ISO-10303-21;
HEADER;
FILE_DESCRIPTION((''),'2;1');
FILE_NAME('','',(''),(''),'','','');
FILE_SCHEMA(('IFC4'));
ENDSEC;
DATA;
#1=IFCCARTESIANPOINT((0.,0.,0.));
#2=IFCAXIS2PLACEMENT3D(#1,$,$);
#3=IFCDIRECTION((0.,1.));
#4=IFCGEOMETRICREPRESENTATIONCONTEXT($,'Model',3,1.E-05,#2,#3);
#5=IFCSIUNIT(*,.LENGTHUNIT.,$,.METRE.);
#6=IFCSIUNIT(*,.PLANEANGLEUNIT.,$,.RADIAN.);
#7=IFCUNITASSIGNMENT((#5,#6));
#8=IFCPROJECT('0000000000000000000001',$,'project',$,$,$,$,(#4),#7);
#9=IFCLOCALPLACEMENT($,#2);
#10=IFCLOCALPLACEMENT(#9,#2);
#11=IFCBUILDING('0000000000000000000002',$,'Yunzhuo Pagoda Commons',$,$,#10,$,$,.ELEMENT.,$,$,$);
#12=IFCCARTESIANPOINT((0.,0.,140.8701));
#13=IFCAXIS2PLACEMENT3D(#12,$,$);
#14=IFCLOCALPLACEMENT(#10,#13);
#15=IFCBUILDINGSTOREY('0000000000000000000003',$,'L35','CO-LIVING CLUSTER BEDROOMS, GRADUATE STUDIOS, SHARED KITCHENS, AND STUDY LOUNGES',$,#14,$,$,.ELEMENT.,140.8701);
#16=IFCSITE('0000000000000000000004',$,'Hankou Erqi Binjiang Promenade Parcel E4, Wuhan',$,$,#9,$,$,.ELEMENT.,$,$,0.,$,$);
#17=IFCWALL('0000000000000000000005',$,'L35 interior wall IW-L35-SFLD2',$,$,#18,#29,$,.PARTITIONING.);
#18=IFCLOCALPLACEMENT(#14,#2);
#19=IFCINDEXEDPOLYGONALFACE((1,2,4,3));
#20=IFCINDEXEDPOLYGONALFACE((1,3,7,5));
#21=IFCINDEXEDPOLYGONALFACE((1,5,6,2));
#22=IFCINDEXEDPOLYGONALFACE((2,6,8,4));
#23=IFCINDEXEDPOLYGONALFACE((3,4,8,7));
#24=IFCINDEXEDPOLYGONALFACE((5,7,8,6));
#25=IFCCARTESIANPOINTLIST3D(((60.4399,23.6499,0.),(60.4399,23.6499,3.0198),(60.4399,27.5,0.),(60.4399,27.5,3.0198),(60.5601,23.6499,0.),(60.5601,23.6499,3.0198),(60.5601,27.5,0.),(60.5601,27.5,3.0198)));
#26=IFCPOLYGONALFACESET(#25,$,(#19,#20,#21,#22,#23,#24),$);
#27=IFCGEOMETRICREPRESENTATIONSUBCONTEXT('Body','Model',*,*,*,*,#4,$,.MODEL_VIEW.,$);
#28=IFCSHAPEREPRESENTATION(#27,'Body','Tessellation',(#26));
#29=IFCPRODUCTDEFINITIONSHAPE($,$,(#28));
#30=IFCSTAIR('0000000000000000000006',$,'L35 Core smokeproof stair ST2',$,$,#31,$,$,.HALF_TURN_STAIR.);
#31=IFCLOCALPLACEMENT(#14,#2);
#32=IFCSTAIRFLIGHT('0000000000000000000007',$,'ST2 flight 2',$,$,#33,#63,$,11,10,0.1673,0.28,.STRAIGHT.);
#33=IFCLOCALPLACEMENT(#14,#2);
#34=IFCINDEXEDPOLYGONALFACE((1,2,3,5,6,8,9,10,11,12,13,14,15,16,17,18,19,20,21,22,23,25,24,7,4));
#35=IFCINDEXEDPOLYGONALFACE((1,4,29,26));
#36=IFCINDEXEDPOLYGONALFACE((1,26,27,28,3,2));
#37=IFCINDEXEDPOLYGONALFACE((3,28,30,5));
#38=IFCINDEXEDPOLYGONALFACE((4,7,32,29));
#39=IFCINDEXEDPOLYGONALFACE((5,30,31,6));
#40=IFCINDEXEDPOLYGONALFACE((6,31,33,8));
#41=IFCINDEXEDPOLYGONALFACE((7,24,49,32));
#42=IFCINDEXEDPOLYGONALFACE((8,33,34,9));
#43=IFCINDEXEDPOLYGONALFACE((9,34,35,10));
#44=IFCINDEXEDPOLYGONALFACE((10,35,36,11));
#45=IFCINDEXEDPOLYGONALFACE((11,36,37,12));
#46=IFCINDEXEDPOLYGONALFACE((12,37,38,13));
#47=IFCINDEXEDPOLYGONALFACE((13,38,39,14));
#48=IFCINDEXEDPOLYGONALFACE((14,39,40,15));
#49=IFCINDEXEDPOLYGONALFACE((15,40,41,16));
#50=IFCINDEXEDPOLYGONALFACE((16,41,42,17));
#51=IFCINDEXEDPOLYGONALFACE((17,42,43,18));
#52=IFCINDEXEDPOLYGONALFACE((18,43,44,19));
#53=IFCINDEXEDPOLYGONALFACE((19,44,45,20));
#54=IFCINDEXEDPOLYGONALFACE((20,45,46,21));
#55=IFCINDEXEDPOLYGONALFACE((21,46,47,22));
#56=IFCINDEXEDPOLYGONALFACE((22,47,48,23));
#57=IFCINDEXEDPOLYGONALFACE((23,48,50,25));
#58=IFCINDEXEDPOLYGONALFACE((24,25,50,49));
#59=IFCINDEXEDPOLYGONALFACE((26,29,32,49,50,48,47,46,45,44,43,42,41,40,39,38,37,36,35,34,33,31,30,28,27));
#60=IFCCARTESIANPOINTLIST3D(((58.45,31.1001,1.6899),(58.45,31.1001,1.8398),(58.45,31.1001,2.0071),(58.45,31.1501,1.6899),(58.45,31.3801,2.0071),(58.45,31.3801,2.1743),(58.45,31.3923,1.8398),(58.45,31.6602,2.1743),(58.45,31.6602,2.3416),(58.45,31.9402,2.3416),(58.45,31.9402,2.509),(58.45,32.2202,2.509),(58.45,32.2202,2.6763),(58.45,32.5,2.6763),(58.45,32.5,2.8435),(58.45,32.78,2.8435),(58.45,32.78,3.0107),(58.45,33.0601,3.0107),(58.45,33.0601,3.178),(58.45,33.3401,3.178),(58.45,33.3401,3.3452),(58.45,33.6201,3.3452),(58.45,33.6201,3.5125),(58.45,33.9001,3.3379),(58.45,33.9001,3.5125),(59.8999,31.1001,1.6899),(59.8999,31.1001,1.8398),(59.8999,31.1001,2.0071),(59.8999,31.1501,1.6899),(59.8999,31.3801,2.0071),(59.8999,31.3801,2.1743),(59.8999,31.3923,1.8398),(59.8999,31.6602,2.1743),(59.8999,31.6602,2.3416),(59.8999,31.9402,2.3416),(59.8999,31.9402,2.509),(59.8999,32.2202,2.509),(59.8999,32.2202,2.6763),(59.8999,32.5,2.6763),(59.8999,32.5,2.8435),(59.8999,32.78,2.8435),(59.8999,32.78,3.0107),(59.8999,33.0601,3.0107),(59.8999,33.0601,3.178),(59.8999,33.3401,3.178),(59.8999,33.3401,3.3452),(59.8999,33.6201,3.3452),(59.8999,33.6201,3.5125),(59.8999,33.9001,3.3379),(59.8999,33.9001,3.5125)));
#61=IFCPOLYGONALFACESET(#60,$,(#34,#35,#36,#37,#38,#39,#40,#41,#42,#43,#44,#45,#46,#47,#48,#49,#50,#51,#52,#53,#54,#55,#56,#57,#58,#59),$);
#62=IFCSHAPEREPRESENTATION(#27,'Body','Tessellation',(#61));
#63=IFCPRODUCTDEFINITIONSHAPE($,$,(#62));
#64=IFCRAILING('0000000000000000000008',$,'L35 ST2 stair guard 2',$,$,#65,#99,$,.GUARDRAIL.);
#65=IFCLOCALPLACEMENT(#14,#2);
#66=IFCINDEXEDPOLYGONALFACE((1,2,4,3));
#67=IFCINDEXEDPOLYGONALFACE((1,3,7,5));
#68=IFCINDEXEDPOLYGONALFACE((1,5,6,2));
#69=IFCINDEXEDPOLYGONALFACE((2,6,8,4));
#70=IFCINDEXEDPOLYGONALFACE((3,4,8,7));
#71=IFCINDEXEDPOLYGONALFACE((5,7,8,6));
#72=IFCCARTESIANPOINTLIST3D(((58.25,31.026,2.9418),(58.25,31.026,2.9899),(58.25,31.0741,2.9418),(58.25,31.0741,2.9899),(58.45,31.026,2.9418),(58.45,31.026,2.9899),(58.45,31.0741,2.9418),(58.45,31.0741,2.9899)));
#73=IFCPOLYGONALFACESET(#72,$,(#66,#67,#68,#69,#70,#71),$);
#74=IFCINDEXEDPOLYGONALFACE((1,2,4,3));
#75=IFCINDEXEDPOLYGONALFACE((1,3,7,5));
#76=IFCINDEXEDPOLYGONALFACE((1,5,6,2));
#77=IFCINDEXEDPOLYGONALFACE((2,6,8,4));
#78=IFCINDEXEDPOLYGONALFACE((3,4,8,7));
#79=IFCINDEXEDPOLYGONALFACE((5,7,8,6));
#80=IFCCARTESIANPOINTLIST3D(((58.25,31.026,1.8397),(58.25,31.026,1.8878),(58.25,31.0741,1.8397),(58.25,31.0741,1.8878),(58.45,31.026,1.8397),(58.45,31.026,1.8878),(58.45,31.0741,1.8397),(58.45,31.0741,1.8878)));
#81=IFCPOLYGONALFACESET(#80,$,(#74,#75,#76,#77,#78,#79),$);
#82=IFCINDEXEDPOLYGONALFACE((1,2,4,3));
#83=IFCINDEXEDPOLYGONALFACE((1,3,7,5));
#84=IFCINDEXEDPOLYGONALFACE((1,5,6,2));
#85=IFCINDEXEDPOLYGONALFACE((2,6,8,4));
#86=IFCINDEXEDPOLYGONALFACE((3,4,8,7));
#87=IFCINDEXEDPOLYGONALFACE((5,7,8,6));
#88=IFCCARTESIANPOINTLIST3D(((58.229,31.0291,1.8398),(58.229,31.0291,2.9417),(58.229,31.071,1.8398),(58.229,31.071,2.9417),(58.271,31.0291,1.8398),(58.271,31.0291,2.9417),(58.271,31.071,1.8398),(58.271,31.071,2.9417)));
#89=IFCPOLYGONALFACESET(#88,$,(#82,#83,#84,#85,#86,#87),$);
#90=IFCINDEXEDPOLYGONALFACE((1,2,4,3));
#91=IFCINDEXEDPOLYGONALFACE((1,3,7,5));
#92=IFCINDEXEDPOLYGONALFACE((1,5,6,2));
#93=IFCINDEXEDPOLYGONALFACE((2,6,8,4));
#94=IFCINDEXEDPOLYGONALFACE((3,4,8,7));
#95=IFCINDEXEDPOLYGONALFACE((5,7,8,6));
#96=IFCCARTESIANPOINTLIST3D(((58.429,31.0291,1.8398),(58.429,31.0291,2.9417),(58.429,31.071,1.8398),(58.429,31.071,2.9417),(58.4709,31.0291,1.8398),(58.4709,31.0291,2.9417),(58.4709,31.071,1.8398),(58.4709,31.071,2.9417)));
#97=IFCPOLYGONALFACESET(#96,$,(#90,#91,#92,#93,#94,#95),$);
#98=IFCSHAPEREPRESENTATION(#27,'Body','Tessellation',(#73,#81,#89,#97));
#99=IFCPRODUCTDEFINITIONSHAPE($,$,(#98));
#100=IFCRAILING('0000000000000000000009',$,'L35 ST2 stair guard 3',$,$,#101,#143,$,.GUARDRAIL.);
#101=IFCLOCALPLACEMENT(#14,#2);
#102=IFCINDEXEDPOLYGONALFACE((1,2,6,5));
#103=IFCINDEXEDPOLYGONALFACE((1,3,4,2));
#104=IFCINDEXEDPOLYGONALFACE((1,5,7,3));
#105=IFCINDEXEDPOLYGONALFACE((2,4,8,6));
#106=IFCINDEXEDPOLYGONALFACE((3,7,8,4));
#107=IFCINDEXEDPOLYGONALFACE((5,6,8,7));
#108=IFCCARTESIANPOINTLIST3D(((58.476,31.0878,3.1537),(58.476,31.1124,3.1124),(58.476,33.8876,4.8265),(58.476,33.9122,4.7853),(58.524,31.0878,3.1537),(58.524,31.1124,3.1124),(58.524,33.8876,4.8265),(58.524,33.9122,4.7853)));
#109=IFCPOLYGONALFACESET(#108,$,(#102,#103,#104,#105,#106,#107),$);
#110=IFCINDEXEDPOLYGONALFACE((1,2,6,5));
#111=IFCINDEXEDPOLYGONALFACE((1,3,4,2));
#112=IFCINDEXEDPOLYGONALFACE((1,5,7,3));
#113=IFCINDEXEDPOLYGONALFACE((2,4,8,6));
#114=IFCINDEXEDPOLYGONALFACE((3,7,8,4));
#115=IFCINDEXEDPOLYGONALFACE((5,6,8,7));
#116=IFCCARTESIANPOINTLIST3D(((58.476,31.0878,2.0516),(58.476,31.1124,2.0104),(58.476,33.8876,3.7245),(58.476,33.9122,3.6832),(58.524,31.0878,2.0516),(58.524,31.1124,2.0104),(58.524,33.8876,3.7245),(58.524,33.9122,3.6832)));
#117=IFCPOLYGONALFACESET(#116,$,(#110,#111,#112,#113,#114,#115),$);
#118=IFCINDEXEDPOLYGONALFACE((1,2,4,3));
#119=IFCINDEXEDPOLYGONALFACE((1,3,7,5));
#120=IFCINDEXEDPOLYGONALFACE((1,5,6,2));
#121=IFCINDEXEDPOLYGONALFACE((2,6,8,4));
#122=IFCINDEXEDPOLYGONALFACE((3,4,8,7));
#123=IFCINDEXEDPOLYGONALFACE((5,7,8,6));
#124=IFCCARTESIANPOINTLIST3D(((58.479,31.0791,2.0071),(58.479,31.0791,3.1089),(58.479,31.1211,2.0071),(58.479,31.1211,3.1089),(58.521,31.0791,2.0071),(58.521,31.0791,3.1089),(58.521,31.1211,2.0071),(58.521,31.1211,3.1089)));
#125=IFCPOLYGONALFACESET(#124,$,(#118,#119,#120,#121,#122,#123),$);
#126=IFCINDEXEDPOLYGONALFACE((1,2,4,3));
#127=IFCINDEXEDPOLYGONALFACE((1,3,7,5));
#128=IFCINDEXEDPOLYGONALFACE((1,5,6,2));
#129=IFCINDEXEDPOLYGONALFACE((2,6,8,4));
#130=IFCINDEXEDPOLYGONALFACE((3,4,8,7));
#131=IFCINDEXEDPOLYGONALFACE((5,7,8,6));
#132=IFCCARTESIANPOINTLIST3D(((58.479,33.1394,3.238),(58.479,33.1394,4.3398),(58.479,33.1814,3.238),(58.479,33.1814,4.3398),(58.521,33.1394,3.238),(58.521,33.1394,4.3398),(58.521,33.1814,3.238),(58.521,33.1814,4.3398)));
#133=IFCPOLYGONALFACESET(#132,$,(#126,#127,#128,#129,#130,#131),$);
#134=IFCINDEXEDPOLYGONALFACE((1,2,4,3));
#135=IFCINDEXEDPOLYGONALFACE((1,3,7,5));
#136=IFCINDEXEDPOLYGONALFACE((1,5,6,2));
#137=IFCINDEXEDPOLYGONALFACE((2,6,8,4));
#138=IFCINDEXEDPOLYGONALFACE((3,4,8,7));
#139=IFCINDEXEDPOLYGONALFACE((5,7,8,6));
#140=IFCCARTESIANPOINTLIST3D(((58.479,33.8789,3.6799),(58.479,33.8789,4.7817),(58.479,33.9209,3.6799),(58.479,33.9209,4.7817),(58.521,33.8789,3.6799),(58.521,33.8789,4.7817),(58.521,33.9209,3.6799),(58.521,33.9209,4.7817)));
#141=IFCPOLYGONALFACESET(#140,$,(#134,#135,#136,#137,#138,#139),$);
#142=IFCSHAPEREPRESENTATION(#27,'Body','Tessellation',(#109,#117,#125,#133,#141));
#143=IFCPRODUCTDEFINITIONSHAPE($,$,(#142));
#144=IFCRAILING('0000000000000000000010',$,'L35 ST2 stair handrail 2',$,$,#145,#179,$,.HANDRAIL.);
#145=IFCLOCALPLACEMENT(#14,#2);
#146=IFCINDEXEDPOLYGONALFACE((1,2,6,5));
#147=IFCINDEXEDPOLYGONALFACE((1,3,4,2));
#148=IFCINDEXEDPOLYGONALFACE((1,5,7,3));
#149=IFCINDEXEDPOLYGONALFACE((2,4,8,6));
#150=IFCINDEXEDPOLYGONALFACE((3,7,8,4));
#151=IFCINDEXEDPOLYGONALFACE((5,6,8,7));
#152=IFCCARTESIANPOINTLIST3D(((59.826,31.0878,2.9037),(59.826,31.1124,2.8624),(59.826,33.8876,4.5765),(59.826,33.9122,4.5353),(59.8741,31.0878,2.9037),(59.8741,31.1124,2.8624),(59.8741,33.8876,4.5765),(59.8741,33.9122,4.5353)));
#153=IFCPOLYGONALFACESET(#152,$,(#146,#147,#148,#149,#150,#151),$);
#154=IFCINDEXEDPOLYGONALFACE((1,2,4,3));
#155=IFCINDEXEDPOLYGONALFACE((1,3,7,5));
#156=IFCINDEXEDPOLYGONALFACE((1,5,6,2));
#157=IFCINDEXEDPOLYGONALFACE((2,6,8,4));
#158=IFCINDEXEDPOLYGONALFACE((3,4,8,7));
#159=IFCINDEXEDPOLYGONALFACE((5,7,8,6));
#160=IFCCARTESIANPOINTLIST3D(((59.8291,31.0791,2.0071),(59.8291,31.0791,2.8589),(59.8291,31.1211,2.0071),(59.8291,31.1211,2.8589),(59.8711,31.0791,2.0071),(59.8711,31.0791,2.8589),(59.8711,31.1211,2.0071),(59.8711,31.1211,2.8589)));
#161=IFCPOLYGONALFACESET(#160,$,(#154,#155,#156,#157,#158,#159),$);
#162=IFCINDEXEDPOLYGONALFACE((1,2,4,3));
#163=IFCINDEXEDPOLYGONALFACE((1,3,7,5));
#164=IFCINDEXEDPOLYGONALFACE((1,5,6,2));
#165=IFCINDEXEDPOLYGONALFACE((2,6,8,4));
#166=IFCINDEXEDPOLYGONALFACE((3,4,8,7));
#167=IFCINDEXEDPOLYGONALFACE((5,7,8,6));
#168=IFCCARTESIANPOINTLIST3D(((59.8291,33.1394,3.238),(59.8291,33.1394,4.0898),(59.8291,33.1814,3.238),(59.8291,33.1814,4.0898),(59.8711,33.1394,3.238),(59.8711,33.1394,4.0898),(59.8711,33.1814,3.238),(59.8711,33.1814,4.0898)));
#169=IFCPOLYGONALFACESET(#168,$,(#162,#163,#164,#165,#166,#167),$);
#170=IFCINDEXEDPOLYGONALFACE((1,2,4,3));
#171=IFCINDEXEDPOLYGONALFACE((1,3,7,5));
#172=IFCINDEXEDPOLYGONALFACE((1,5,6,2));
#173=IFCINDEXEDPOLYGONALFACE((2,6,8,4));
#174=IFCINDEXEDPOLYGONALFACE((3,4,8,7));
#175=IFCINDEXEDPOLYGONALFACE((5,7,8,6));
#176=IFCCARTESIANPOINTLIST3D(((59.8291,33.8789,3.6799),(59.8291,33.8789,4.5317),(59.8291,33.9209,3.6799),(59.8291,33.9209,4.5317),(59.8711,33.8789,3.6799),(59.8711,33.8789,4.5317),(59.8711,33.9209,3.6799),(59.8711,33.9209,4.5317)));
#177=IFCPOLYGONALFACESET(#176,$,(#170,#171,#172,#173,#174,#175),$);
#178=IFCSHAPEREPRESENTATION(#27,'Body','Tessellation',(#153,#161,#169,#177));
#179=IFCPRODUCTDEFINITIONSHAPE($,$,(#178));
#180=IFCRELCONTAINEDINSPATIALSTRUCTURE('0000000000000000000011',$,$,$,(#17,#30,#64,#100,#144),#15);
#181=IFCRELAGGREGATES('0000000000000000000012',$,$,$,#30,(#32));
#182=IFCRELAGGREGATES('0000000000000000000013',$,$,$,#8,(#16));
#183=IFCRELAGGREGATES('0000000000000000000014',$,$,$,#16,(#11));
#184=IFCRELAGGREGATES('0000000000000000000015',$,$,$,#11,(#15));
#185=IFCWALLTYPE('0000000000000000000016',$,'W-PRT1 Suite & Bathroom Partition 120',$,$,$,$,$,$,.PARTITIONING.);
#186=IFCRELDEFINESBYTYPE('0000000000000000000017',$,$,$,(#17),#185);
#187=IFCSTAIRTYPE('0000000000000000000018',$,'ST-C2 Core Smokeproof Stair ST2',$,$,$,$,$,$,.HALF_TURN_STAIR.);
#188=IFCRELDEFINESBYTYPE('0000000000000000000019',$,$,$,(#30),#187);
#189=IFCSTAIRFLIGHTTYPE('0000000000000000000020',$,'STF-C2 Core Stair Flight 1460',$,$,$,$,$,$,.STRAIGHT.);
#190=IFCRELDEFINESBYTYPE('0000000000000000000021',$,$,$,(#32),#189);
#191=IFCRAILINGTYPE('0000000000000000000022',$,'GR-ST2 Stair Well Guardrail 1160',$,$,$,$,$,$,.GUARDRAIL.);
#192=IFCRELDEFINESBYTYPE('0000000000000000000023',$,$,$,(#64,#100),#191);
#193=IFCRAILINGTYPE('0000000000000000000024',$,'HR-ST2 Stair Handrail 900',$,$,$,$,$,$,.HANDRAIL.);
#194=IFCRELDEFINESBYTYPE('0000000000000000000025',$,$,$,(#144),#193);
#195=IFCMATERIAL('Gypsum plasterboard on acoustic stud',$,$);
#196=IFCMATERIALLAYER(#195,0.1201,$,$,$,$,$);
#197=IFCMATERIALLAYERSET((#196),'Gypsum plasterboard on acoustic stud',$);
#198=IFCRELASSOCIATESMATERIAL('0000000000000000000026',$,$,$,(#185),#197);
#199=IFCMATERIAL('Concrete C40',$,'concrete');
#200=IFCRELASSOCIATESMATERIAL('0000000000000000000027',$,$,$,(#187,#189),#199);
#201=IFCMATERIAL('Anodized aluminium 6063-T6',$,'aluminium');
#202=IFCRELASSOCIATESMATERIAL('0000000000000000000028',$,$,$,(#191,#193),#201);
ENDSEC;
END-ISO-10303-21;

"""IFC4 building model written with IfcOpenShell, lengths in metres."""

from ifc_helpers import new_model, si_unit, direction, frame, frame_2d, origin, origin_2d, place, context, subcontext, project, spatial, polyline, rectangle, outline, extrude, source, transform, mapped, material, layer, layer_set, type_object, element, aggregate, save


model = new_model("IFC4")

# Units and contexts
model_context = context("Model", 3, precision=1e-05, world=origin(), true_north=direction((0.0, 1.0)))
body_context = subcontext(model_context, "Body", "Model", "MODEL_VIEW")
ifc_project = project(units=[si_unit("LENGTHUNIT", "METRE"), si_unit("PLANEANGLEUNIT", "RADIAN")], contexts=[model_context])

# Site, building, storey
site_placement = place(None, origin())
site = spatial("IfcSite", under=ifc_project, at=site_placement, Name="Hankou Erqi Binjiang Promenade Parcel E4, Wuhan", CompositionType="ELEMENT", RefElevation=0.0)
building_placement = place(site_placement, origin())
building = spatial("IfcBuilding", under=site, at=building_placement, Name="Yunzhuo Pagoda Commons", CompositionType="ELEMENT")
storey_placement = place(building_placement, frame((0.0, 0.0, 140.8701)))
storey = spatial("IfcBuildingStorey", under=building, at=storey_placement, Name="L35", Description="CO-LIVING CLUSTER BEDROOMS, GRADUATE STUDIOS, SHARED KITCHENS, AND STUDY LOUNGES", CompositionType="ELEMENT", Elevation=140.8701)

# Shared definitions
ifc_material_1 = material(Name="Anodized aluminium 6063-T6", Category="aluminium")

# Shared definitions
ifc_material_2 = material(Name="Gypsum plasterboard on acoustic stud")

# Wall
ifc_layer_1 = layer(ifc_material_2, 0.1201)
ifc_layer_set_1 = layer_set([ifc_layer_1], Name="Gypsum plasterboard on acoustic stud")
wall_type_1 = type_object("IfcWallType", Name="W-PRT1 Suite & Bathroom Partition 120", PredefinedType="PARTITIONING", material=ifc_layer_set_1)
wall_1_placement = place(storey_placement, frame((60.5, 23.6499, 0.0), z_axis=(0.0, 0.0, 1.0), x_axis=(0.0, 1.0, 0.0)))
element("IfcWall", 1, at=wall_1_placement, inside=storey, type_object=wall_type_1, Name="L35 interior wall IW-L35-SFLD2", PredefinedType="PARTITIONING", context=body_context, shape_type="SweptSolid", body=[
    extrude(rectangle(XDim=3.8501, YDim=0.1201, at=frame_2d((1.925, 0.0))), origin(), (0.0, 0.0, 1.0), 3.0198),
])

# Stair, stair flight
ifc_material_3 = material(Name="Concrete C40", Category="concrete")
stair_type = type_object("IfcStairType", Name="ST-C2 Core Smokeproof Stair ST2", PredefinedType="HALF_TURN_STAIR", material=ifc_material_3)
stair_placement = place(storey_placement, origin())
stair = element("IfcStair", 2, at=stair_placement, inside=storey, type_object=stair_type, Name="L35 Core smokeproof stair ST2", PredefinedType="HALF_TURN_STAIR")
stair_flight_type = type_object("IfcStairFlightType", Name="STF-C2 Core Stair Flight 1460", PredefinedType="STRAIGHT", material=ifc_material_3)
shared_shape_1 = source(origin(), body_context, "Body", "SweptSolid", [
    extrude(outline(polyline([(0.0, -0.1499), (0.0, 0.0), (0.0, 0.1672), (0.28, 0.1672), (0.28, 0.3345), (0.5601, 0.3345), (0.5601, 0.5017), (0.8401, 0.5017), (0.8401, 0.6692), (1.1201, 0.6692), (1.1201, 0.8364), (1.3999, 0.8364), (1.3999, 1.0037), (1.6799, 1.0037), (1.6799, 1.1709), (1.96, 1.1709), (1.96, 1.3381), (2.24, 1.3381), (2.24, 1.5054), (2.52, 1.5054), (2.52, 1.6726), (2.8, 1.6726), (2.8, 1.8401), (2.8, 1.498), (0.2922, 0.0), (0.05, -0.1499), (0.0, -0.1499)])), frame((0.0, 0.7251, 0.0), z_axis=(0.0, -1.0, 0.0), x_axis=(1.0, 0.0, 0.0)), (0.0, 0.0, 1.0), 1.45),
])
stair_flight_placement = place(storey_placement, frame((59.175, 31.1001, 1.8398), z_axis=(0.0, 0.0, 1.0), x_axis=(0.0, 1.0, 0.0)))
stair_flight = element("IfcStairFlight", 3, at=stair_flight_placement, type_object=stair_flight_type, Name="ST2 flight 2", NumberOfRisers=11, NumberOfTreads=10, PredefinedType="STRAIGHT", RiserHeight=0.1673, TreadLength=0.28, context=body_context, shape_type="MappedRepresentation", body=[
    mapped(shared_shape_1, transform((0.0, 0.0, 0.0), scale=1.0)),
])
aggregate(stair, [stair_flight])

# Railings
railing_type_1 = type_object("IfcRailingType", Name="GR-ST2 Stair Well Guardrail 1160", PredefinedType="GUARDRAIL", material=ifc_material_1)
railing_1_placement = place(storey_placement, frame((58.25, 31.05, 1.8398)))
element("IfcRailing", 4, at=railing_1_placement, inside=storey, type_object=railing_type_1, Name="L35 ST2 stair guard 2", PredefinedType="GUARDRAIL", context=body_context, shape_type="SweptSolid", body=[
    extrude(rectangle(XDim=0.0481, YDim=0.0481, at=origin_2d()), frame((0.0, 0.0, 1.126), z_axis=(1.0, 0.0, 0.0), x_axis=(0.0, 1.0, 0.0)), (0.0, 0.0, 1.0), 0.2),
    extrude(rectangle(XDim=0.0481, YDim=0.0481, at=origin_2d()), frame((0.0, 0.0, 0.0239), z_axis=(1.0, 0.0, 0.0), x_axis=(0.0, 1.0, 0.0)), (0.0, 0.0, 1.0), 0.2),
    extrude(rectangle(XDim=0.042, YDim=0.042, at=origin_2d()), origin(), (0.0, 0.0, 1.0), 1.1018),
    extrude(rectangle(XDim=0.042, YDim=0.042, at=origin_2d()), frame((0.2, 0.0, 0.0)), (0.0, 0.0, 1.0), 1.1018),
])
railing_2_placement = place(storey_placement, frame((58.5, 31.1001, 2.0071)))
element("IfcRailing", 5, at=railing_2_placement, inside=storey, type_object=railing_type_1, Name="L35 ST2 stair guard 3", PredefinedType="GUARDRAIL", context=body_context, shape_type="SweptSolid", body=[
    extrude(rectangle(XDim=0.0481, YDim=0.0481, at=origin_2d()), frame((0.0, 0.0, 1.126), z_axis=(0.0, 0.858443, 0.51291), x_axis=(-1.0, 0.0, 0.0)), (0.0, 0.0, 1.0), 3.2615),
    extrude(rectangle(XDim=0.0481, YDim=0.0481, at=origin_2d()), frame((0.0, 0.0, 0.0239), z_axis=(0.0, 0.858443, 0.51291), x_axis=(-1.0, 0.0, 0.0)), (0.0, 0.0, 1.0), 3.2615),
    extrude(rectangle(XDim=0.042, YDim=0.042, at=origin_2d()), origin(), (0.0, 0.0, 1.0), 1.1018),
    extrude(rectangle(XDim=0.042, YDim=0.042, at=origin_2d()), frame((0.0, 2.0603, 1.231)), (0.0, 0.0, 1.0), 1.1018),
    extrude(rectangle(XDim=0.042, YDim=0.042, at=origin_2d()), frame((0.0, 2.7998, 1.6729)), (0.0, 0.0, 1.0), 1.1018),
])
railing_type_2 = type_object("IfcRailingType", Name="HR-ST2 Stair Handrail 900", PredefinedType="HANDRAIL", material=ifc_material_1)
railing_3_placement = place(storey_placement, frame((59.8501, 31.1001, 2.0071)))
element("IfcRailing", 6, at=railing_3_placement, inside=storey, type_object=railing_type_2, Name="L35 ST2 stair handrail 2", PredefinedType="HANDRAIL", context=body_context, shape_type="SweptSolid", body=[
    extrude(rectangle(XDim=0.0481, YDim=0.0481, at=origin_2d()), frame((0.0, 0.0, 0.876), z_axis=(0.0, 0.858443, 0.51291), x_axis=(-1.0, 0.0, 0.0)), (0.0, 0.0, 1.0), 3.2615),
    extrude(rectangle(XDim=0.042, YDim=0.042, at=origin_2d()), origin(), (0.0, 0.0, 1.0), 0.8518),
    extrude(rectangle(XDim=0.042, YDim=0.042, at=origin_2d()), frame((0.0, 2.0603, 1.231)), (0.0, 0.0, 1.0), 0.8518),
    extrude(rectangle(XDim=0.042, YDim=0.042, at=origin_2d()), frame((0.0, 2.7998, 1.6729)), (0.0, 0.0, 1.0), 0.8518),
])

save(model, "model.ifc")
